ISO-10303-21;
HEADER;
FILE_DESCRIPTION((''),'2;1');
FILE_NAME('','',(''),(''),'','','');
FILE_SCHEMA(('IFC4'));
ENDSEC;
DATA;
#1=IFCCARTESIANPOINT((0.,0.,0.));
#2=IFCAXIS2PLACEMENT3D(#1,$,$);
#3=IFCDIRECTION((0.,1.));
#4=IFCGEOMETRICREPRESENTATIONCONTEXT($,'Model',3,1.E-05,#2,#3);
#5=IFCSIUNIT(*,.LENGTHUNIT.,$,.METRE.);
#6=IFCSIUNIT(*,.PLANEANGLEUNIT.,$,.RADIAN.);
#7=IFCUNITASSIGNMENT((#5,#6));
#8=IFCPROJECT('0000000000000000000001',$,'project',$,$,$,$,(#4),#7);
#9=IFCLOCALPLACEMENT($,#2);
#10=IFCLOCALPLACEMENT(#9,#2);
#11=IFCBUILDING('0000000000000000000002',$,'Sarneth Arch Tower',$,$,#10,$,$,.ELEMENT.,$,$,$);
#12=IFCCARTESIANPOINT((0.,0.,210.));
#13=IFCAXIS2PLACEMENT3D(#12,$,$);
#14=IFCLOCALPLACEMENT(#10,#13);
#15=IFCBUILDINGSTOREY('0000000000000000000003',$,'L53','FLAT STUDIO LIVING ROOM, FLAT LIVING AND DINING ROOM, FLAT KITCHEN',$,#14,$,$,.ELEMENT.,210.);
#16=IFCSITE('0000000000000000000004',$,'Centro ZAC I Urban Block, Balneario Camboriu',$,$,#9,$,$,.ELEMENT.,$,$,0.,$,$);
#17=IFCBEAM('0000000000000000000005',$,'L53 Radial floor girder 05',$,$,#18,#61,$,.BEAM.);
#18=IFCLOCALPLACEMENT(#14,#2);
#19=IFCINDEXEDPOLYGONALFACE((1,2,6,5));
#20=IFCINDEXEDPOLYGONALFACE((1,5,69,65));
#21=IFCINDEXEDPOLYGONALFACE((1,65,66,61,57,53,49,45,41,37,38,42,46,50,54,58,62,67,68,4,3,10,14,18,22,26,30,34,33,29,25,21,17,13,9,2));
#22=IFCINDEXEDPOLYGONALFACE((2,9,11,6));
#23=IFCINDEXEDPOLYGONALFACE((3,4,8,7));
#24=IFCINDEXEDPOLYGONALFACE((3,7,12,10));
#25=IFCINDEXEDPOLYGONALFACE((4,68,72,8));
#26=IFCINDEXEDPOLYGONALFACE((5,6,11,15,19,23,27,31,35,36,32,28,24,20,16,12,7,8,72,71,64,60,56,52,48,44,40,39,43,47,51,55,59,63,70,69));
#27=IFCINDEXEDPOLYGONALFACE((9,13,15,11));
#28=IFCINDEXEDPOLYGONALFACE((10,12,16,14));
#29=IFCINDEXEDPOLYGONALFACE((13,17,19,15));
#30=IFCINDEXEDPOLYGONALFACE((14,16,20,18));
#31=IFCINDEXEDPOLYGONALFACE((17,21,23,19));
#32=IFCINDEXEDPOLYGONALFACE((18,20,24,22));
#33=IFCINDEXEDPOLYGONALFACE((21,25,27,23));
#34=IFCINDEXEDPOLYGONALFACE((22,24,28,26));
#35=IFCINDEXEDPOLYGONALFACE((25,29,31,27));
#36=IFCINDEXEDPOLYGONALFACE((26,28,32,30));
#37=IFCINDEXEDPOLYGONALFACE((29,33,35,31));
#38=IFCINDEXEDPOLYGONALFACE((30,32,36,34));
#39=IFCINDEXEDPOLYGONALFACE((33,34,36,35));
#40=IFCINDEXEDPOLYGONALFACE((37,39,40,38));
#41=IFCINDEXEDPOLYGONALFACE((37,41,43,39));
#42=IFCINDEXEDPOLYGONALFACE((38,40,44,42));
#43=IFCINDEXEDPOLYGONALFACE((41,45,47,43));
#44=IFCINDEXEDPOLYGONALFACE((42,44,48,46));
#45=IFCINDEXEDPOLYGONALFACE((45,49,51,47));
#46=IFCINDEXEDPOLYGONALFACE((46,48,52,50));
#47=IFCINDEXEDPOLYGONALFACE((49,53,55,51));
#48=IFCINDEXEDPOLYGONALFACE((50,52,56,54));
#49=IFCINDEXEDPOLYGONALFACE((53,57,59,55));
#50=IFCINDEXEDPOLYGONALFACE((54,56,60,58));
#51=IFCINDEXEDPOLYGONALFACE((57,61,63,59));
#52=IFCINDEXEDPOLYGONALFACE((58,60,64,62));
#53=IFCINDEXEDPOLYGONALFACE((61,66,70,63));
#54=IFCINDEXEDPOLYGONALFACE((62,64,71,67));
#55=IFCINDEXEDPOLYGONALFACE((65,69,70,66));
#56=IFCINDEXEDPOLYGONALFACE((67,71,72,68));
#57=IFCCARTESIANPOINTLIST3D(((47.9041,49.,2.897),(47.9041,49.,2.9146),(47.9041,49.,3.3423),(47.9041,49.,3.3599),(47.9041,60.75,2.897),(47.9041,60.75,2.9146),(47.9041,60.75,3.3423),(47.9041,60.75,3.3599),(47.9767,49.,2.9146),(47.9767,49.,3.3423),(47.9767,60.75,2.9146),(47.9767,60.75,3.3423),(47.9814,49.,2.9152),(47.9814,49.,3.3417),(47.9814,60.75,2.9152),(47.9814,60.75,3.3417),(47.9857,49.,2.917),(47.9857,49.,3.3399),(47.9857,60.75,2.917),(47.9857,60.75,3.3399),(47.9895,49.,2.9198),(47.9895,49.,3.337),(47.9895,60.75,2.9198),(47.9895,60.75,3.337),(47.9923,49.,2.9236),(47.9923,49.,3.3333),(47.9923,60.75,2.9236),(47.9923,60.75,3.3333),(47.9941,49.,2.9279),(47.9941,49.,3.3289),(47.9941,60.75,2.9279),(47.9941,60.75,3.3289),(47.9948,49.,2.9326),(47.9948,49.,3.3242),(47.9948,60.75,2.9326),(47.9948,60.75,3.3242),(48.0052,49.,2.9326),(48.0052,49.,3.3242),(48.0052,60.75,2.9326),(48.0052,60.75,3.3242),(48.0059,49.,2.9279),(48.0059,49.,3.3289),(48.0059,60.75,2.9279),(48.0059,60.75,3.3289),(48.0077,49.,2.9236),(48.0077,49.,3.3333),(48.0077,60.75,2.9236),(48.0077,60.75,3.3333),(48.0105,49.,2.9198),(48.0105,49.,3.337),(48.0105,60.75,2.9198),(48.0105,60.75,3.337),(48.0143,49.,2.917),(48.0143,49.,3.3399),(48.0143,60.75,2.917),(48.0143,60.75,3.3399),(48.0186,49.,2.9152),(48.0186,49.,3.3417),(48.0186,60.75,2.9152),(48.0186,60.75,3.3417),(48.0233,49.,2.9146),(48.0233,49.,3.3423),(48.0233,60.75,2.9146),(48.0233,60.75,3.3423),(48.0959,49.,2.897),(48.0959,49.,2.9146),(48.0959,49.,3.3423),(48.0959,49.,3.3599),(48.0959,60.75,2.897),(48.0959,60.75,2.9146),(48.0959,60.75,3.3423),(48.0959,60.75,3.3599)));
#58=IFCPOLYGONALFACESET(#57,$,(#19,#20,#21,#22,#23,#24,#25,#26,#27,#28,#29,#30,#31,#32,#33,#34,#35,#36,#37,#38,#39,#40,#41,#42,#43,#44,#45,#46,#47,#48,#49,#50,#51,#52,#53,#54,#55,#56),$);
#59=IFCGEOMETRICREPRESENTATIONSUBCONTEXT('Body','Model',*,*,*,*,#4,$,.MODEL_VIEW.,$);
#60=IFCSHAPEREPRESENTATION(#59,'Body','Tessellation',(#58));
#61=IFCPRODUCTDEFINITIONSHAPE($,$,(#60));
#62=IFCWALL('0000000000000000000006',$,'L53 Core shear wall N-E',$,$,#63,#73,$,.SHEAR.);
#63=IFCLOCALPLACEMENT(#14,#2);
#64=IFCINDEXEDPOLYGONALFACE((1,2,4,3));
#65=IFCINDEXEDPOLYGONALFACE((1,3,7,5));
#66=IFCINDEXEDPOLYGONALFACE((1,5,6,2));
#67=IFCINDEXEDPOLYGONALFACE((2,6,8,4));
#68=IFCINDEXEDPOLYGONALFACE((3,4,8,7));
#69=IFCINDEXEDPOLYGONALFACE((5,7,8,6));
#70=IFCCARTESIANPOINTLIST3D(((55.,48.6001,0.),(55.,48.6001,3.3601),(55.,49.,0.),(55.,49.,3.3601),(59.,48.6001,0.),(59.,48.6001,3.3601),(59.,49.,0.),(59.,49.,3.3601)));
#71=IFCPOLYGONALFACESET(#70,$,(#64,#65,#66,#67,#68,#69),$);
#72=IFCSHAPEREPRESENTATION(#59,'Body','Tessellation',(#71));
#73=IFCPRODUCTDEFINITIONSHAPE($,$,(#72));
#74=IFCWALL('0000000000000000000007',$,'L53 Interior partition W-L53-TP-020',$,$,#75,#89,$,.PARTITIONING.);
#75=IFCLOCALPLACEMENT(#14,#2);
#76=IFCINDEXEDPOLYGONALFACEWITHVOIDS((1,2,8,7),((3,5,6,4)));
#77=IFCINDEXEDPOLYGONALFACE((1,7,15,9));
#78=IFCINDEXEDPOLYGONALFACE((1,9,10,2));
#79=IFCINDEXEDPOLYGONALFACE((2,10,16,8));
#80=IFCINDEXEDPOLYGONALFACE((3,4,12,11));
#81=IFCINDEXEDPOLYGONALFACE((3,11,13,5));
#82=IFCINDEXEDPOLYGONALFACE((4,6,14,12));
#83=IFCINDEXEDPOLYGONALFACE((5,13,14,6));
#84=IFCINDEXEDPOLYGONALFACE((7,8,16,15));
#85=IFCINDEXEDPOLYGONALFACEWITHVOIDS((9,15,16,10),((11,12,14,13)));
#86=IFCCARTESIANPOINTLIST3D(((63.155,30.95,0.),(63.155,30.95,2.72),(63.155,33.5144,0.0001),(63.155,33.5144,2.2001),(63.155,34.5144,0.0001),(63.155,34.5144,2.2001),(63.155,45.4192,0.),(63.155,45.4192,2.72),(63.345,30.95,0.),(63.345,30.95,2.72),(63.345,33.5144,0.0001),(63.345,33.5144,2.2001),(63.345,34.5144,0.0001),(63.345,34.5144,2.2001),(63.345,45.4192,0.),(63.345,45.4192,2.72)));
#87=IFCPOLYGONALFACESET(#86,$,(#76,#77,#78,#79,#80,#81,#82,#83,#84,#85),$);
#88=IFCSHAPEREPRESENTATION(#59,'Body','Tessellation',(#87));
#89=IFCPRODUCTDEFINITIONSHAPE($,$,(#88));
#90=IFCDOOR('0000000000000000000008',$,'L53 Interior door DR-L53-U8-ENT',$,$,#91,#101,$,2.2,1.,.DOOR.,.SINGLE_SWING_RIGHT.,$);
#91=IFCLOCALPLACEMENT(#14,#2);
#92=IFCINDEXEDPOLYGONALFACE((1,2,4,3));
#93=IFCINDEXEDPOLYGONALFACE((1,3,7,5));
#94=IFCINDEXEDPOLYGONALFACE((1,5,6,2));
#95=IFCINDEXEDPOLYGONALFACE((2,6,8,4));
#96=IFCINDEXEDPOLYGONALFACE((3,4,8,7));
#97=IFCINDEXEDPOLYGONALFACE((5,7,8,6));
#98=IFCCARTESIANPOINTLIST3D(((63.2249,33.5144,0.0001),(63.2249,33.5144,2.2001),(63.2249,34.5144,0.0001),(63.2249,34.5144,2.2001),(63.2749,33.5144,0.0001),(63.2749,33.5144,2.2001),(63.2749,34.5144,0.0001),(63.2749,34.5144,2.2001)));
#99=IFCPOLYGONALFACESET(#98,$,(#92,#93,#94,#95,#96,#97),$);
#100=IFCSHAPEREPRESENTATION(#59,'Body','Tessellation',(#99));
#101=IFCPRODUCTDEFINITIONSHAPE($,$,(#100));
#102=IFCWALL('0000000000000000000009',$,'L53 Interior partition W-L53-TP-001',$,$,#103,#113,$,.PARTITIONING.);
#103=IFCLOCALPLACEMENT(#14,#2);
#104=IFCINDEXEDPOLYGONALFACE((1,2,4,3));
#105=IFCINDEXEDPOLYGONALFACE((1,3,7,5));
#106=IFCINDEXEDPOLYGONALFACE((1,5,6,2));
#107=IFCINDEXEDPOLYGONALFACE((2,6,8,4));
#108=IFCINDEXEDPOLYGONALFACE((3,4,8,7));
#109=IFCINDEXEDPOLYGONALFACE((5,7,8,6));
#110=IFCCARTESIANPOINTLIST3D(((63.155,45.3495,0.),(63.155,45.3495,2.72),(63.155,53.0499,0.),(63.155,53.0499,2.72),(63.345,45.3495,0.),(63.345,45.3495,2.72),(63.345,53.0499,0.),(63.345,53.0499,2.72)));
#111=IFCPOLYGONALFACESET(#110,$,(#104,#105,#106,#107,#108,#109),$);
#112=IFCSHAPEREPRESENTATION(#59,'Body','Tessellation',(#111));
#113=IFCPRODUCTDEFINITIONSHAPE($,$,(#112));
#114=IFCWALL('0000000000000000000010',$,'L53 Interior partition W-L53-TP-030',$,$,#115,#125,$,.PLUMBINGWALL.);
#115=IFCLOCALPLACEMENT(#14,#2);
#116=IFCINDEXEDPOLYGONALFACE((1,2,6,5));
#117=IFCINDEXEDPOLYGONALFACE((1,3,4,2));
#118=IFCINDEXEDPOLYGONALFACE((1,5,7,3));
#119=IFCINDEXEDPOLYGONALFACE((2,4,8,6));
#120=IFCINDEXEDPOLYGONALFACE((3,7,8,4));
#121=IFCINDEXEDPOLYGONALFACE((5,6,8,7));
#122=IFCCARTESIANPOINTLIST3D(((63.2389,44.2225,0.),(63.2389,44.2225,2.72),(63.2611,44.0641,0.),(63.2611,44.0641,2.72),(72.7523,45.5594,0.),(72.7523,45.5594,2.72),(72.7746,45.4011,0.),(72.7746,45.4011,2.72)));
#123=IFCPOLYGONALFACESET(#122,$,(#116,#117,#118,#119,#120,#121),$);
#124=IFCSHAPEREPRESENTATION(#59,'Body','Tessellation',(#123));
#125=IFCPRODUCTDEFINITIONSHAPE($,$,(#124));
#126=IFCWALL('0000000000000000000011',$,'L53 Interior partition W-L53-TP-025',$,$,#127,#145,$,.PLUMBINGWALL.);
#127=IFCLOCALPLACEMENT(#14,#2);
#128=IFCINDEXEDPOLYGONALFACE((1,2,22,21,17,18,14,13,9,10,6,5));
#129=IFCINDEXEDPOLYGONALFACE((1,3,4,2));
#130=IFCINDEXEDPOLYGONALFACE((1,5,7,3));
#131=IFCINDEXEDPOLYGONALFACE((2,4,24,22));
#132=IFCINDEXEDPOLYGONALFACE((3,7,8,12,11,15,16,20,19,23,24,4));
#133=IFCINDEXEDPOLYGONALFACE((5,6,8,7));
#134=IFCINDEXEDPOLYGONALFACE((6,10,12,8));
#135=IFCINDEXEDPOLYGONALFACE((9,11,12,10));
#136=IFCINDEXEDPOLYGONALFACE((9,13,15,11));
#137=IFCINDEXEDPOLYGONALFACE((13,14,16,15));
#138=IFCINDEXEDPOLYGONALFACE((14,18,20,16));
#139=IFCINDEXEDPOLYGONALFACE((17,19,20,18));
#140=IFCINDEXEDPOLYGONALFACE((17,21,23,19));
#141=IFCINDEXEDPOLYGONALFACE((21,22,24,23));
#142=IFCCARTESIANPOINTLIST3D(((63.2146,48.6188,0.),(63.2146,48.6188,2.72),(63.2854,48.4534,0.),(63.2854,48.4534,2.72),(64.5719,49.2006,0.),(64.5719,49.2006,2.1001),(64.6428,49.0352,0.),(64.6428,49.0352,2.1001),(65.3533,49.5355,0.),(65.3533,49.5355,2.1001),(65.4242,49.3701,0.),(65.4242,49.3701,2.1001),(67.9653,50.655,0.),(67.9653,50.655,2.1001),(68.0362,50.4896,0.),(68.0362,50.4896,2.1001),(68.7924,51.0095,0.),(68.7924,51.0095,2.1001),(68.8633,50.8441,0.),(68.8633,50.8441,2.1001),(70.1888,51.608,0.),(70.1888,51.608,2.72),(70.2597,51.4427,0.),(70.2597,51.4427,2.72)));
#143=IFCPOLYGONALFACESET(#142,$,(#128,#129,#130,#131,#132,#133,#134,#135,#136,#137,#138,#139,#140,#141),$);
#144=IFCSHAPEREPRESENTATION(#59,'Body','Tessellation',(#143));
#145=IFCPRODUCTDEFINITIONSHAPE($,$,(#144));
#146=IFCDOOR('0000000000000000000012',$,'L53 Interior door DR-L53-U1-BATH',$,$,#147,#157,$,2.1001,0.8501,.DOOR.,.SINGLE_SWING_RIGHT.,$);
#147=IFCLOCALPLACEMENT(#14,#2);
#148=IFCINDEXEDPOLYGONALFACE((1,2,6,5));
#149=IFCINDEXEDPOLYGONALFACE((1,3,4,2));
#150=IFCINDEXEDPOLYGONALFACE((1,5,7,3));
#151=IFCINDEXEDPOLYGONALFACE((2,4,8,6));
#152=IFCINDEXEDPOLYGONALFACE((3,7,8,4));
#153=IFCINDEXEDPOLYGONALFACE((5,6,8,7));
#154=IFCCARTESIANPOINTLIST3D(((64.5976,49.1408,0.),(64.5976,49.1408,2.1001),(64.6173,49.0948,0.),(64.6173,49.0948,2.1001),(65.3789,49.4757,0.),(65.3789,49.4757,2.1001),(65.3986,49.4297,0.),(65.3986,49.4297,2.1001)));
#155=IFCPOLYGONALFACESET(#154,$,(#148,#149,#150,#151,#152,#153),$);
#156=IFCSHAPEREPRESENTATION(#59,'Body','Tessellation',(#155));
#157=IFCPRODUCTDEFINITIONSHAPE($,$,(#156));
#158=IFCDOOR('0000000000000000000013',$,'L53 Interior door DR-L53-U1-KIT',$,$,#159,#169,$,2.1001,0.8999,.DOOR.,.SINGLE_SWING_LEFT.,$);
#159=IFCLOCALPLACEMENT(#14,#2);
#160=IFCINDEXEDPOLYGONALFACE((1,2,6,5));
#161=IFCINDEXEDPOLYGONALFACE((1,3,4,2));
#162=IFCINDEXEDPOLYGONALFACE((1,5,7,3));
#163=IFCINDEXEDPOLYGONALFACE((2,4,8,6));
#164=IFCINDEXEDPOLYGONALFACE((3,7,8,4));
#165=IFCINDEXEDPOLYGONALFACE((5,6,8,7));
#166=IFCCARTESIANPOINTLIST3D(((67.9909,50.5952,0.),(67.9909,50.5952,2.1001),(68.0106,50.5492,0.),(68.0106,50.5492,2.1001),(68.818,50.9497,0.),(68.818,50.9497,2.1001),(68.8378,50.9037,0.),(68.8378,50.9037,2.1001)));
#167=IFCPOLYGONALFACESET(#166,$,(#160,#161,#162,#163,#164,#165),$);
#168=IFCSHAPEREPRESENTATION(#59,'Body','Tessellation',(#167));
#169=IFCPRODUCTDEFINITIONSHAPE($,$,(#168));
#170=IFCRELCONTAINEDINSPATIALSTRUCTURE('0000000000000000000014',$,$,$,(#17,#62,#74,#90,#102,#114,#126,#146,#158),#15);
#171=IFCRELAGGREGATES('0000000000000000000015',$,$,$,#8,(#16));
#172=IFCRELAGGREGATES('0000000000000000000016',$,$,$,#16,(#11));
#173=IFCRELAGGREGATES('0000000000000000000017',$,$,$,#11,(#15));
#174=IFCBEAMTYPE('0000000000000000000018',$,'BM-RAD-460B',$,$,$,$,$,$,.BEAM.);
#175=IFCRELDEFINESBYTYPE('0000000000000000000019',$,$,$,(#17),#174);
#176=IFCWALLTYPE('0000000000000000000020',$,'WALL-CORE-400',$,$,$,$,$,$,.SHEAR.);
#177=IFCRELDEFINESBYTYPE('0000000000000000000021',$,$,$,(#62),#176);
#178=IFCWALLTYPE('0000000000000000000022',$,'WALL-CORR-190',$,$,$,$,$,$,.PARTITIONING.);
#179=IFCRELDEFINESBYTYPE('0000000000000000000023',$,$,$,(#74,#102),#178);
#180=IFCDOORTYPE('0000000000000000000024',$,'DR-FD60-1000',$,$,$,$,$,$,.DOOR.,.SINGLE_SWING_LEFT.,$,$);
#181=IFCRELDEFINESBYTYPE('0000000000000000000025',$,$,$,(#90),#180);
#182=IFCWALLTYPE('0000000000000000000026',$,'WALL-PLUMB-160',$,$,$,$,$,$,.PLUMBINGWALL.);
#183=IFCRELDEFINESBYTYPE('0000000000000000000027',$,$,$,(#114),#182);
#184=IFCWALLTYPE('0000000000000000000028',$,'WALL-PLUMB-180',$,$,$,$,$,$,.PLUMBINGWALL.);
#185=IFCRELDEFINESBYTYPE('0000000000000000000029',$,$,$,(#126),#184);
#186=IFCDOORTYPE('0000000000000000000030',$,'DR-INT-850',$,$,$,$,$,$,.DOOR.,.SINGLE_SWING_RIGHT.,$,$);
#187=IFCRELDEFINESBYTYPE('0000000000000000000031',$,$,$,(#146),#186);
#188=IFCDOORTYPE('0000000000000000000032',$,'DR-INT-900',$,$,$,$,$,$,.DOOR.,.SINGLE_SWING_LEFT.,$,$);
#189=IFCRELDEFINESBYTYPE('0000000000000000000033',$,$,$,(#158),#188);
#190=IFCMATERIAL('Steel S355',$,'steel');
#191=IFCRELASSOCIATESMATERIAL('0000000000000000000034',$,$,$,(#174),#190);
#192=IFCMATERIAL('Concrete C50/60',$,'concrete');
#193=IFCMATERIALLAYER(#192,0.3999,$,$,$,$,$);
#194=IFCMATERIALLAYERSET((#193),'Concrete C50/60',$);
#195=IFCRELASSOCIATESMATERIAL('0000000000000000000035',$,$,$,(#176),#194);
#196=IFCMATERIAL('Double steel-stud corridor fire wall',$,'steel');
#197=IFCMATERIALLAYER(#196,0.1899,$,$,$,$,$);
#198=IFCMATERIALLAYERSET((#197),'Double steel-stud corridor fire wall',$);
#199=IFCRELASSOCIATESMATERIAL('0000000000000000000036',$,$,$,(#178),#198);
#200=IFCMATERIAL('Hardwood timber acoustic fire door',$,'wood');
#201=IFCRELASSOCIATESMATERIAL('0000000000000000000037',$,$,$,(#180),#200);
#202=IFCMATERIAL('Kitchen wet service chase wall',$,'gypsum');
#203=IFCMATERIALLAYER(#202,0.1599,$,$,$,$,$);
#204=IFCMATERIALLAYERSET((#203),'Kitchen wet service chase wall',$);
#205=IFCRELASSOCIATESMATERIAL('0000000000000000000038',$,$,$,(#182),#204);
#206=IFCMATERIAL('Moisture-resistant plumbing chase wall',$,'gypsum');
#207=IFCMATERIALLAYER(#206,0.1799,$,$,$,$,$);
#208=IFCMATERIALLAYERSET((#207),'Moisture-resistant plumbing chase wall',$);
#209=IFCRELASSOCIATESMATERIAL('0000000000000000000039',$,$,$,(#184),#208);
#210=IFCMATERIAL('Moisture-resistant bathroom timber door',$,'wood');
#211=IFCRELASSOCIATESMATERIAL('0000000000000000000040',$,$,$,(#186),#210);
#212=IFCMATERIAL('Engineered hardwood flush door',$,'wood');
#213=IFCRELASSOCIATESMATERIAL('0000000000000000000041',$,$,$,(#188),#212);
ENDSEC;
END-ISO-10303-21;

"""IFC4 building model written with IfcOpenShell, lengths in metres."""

from ifc_helpers import new_model, si_unit, direction, frame, frame_2d, origin, origin_2d, place, context, subcontext, project, spatial, rectangle, i_section, extrude, material, layer, layer_set, material_profile, profile_set, type_object, element, fill, save


model = new_model("IFC4")

# Units and contexts
model_context = context("Model", 3, precision=1e-05, world=origin(), true_north=direction((0.0, 1.0)))
body_context = subcontext(model_context, "Body", "Model", "MODEL_VIEW")
ifc_project = project(units=[si_unit("LENGTHUNIT", "METRE"), si_unit("PLANEANGLEUNIT", "RADIAN")], contexts=[model_context])

# Site, building, storey
site_placement = place(None, origin())
site = spatial("IfcSite", under=ifc_project, at=site_placement, Name="Centro ZAC I Urban Block, Balneario Camboriu", CompositionType="ELEMENT", RefElevation=0.0)
building_placement = place(site_placement, origin())
building = spatial("IfcBuilding", under=site, at=building_placement, Name="Sarneth Arch Tower", CompositionType="ELEMENT")
storey_placement = place(building_placement, frame((0.0, 0.0, 210.0)))
storey = spatial("IfcBuildingStorey", under=building, at=storey_placement, Name="L53", Description="FLAT STUDIO LIVING ROOM, FLAT LIVING AND DINING ROOM, FLAT KITCHEN", CompositionType="ELEMENT", Elevation=210.0)

# Beam
ifc_material_1 = material(Name="Steel S355", Category="steel")
ifc_material_profile_1 = material_profile(ifc_material_1, i_section(OverallWidth=0.1919, OverallDepth=0.4629, WebThickness=0.0105, FlangeThickness=0.0176, FilletRadius=0.0181, at=origin_2d()), Name="W460x89")
ifc_profile_set_1 = profile_set([ifc_material_profile_1], Name="Steel S355")
beam_type_1 = type_object("IfcBeamType", Name="BM-RAD-460B", PredefinedType="BEAM", material=ifc_profile_set_1)
beam_1_placement = place(storey_placement, frame((48.0, 49.0, 3.1284), z_axis=(0.0, 1.0, 0.0), x_axis=(-1.0, 0.0, 0.0)))
element("IfcBeam", 1, at=beam_1_placement, inside=storey, type_object=beam_type_1, Name="L53 Radial floor girder 05", PredefinedType="BEAM", context=body_context, shape_type="SweptSolid", body=[
    extrude(i_section(OverallWidth=0.1919, OverallDepth=0.4629, WebThickness=0.0105, FlangeThickness=0.0176, FilletRadius=0.0181, at=origin_2d()), origin(), (0.0, 0.0, 1.0), 11.75),
])

# Wall
ifc_material_2 = material(Name="Concrete C50/60", Category="concrete")
ifc_layer_1 = layer(ifc_material_2, 0.3999)
ifc_layer_set_1 = layer_set([ifc_layer_1], Name="Concrete C50/60")
wall_type_1 = type_object("IfcWallType", Name="WALL-CORE-400", PredefinedType="SHEAR", material=ifc_layer_set_1)
wall_1_placement = place(storey_placement, frame((55.0, 48.8, 0.0), z_axis=(0.0, 0.0, 1.0), x_axis=(1.0, 0.0, 0.0)))
element("IfcWall", 2, at=wall_1_placement, inside=storey, type_object=wall_type_1, Name="L53 Core shear wall N-E", PredefinedType="SHEAR", context=body_context, shape_type="SweptSolid", body=[
    extrude(rectangle(XDim=4.0, YDim=0.3999, at=frame_2d((2.0, 0.0))), origin(), (0.0, 0.0, 1.0), 3.3601),
])

# Wall, opening, door
ifc_material_3 = material(Name="Double steel-stud corridor fire wall", Category="steel")
ifc_layer_2 = layer(ifc_material_3, 0.1899)
ifc_layer_set_2 = layer_set([ifc_layer_2], Name="Double steel-stud corridor fire wall")
wall_type_2 = type_object("IfcWallType", Name="WALL-CORR-190", PredefinedType="PARTITIONING", material=ifc_layer_set_2)
wall_2_placement = place(storey_placement, frame((63.25, 45.4192, 0.0), z_axis=(0.0, 0.0, 1.0), x_axis=(0.0, -1.0, 0.0)))
wall_2 = element("IfcWall", 3, at=wall_2_placement, inside=storey, type_object=wall_type_2, Name="L53 Interior partition W-L53-TP-020", PredefinedType="PARTITIONING", context=body_context, shape_type="SweptSolid", body=[
    extrude(rectangle(XDim=14.4692, YDim=0.1899, at=frame_2d((7.2346, 0.0))), origin(), (0.0, 0.0, 1.0), 2.72),
])
opening_1_placement = place(wall_2_placement, frame((10.9048, 0.0, 0.0)))
opening_1 = element("IfcOpeningElement", 4, at=opening_1_placement, cuts=wall_2, PredefinedType="OPENING", context=body_context, shape_type="SweptSolid", body=[
    extrude(rectangle(XDim=1.0, YDim=2.2, at=frame_2d((0.5, 1.1001))), frame((0.0, 0.105, 0.0), z_axis=(0.0, -1.0, 0.0), x_axis=(1.0, 0.0, 0.0)), (0.0, 0.0, 1.0), 0.21),
])
ifc_material_4 = material(Name="Hardwood timber acoustic fire door", Category="wood")
door_type_1 = type_object("IfcDoorType", Name="DR-FD60-1000", OperationType="SINGLE_SWING_LEFT", PredefinedType="DOOR", material=ifc_material_4)
door_1_placement = place(opening_1_placement, origin())
door_1 = element("IfcDoor", 5, at=door_1_placement, inside=storey, type_object=door_type_1, Name="L53 Interior door DR-L53-U8-ENT", OperationType="SINGLE_SWING_RIGHT", OverallHeight=2.2, OverallWidth=1.0, PredefinedType="DOOR", context=body_context, shape_type="SweptSolid", body=[
    extrude(rectangle(XDim=1.0, YDim=2.2, at=frame_2d((0.5, 1.1001))), frame((0.0, 0.0249, 0.0), z_axis=(0.0, -1.0, 0.0), x_axis=(1.0, 0.0, 0.0)), (0.0, 0.0, 1.0), 0.05),
])
fill(opening_1, door_1)

# Walls
wall_3_placement = place(storey_placement, frame((63.25, 45.3496, 0.0), z_axis=(0.0, 0.0, 1.0), x_axis=(0.0, 1.0, 0.0)))
element("IfcWall", 6, at=wall_3_placement, inside=storey, type_object=wall_type_2, Name="L53 Interior partition W-L53-TP-001", PredefinedType="PARTITIONING", context=body_context, shape_type="SweptSolid", body=[
    extrude(rectangle(XDim=7.7004, YDim=0.1899, at=frame_2d((3.8501, 0.0))), origin(), (0.0, 0.0, 1.0), 2.72),
])
ifc_material_5 = material(Name="Kitchen wet service chase wall", Category="gypsum")
ifc_layer_3 = layer(ifc_material_5, 0.1599)
ifc_layer_set_3 = layer_set([ifc_layer_3], Name="Kitchen wet service chase wall")
wall_type_3 = type_object("IfcWallType", Name="WALL-PLUMB-160", PredefinedType="PLUMBINGWALL", material=ifc_layer_set_3)
wall_4_placement = place(storey_placement, frame((63.25, 44.1433, 0.0), z_axis=(0.0, 0.0, 1.0), x_axis=(0.99027, 0.139162, 0.0)))
element("IfcWall", 7, at=wall_4_placement, inside=storey, type_object=wall_type_3, Name="L53 Interior partition W-L53-TP-030", PredefinedType="PLUMBINGWALL", context=body_context, shape_type="SweptSolid", body=[
    extrude(rectangle(XDim=9.6069, YDim=0.1599, at=frame_2d((4.8035, 0.0))), origin(), (0.0, 0.0, 1.0), 2.72),
])

# Wall, openings, doors
ifc_material_6 = material(Name="Moisture-resistant plumbing chase wall", Category="gypsum")
ifc_layer_4 = layer(ifc_material_6, 0.1799)
ifc_layer_set_4 = layer_set([ifc_layer_4], Name="Moisture-resistant plumbing chase wall")
wall_type_4 = type_object("IfcWallType", Name="WALL-PLUMB-180", PredefinedType="PLUMBINGWALL", material=ifc_layer_set_4)
wall_5_placement = place(storey_placement, frame((63.25, 48.5361, 0.0), z_axis=(0.0, 0.0, 1.0), x_axis=(0.919133, 0.393946, 0.0)))
wall_5 = element("IfcWall", 8, at=wall_5_placement, inside=storey, type_object=wall_type_4, Name="L53 Interior partition W-L53-TP-025", PredefinedType="PLUMBINGWALL", context=body_context, shape_type="SweptSolid", body=[
    extrude(rectangle(XDim=7.5879, YDim=0.1799, at=frame_2d((3.7939, 0.0))), origin(), (0.0, 0.0, 1.0), 2.72),
])
opening_2_placement = place(wall_5_placement, frame((5.1687, 0.0, 0.0)))
opening_2 = element("IfcOpeningElement", 9, at=opening_2_placement, cuts=wall_5, PredefinedType="OPENING", context=body_context, shape_type="SweptSolid", body=[
    extrude(rectangle(XDim=0.8999, YDim=2.1001, at=frame_2d((0.45, 1.05))), frame((0.0, 0.0999, 0.0), z_axis=(0.0, -1.0, 0.0), x_axis=(1.0, 0.0, 0.0)), (0.0, 0.0, 1.0), 0.2),
])
opening_3_placement = place(wall_5_placement, frame((1.4768, 0.0, 0.0)))
opening_3 = element("IfcOpeningElement", 10, at=opening_3_placement, cuts=wall_5, PredefinedType="OPENING", context=body_context, shape_type="SweptSolid", body=[
    extrude(rectangle(XDim=0.8501, YDim=2.1001, at=frame_2d((0.425, 1.05))), frame((0.0, 0.0999, 0.0), z_axis=(0.0, -1.0, 0.0), x_axis=(1.0, 0.0, 0.0)), (0.0, 0.0, 1.0), 0.2),
])
ifc_material_7 = material(Name="Moisture-resistant bathroom timber door", Category="wood")
door_type_2 = type_object("IfcDoorType", Name="DR-INT-850", OperationType="SINGLE_SWING_RIGHT", PredefinedType="DOOR", material=ifc_material_7)
door_2_placement = place(opening_3_placement, origin())
door_2 = element("IfcDoor", 11, at=door_2_placement, inside=storey, type_object=door_type_2, Name="L53 Interior door DR-L53-U1-BATH", OperationType="SINGLE_SWING_RIGHT", OverallHeight=2.1001, OverallWidth=0.8501, PredefinedType="DOOR", context=body_context, shape_type="SweptSolid", body=[
    extrude(rectangle(XDim=0.8501, YDim=2.1001, at=frame_2d((0.425, 1.05))), frame((0.0, 0.0249, 0.0), z_axis=(0.0, -1.0, 0.0), x_axis=(1.0, 0.0, 0.0)), (0.0, 0.0, 1.0), 0.05),
])
fill(opening_3, door_2)
ifc_material_8 = material(Name="Engineered hardwood flush door", Category="wood")
door_type_3 = type_object("IfcDoorType", Name="DR-INT-900", OperationType="SINGLE_SWING_LEFT", PredefinedType="DOOR", material=ifc_material_8)
door_3_placement = place(opening_2_placement, origin())
door_3 = element("IfcDoor", 12, at=door_3_placement, inside=storey, type_object=door_type_3, Name="L53 Interior door DR-L53-U1-KIT", OperationType="SINGLE_SWING_LEFT", OverallHeight=2.1001, OverallWidth=0.8999, PredefinedType="DOOR", context=body_context, shape_type="SweptSolid", body=[
    extrude(rectangle(XDim=0.8999, YDim=2.1001, at=frame_2d((0.45, 1.05))), frame((0.0, 0.0249, 0.0), z_axis=(0.0, -1.0, 0.0), x_axis=(1.0, 0.0, 0.0)), (0.0, 0.0, 1.0), 0.05),
])
fill(opening_2, door_3)

save(model, "model.ifc")
